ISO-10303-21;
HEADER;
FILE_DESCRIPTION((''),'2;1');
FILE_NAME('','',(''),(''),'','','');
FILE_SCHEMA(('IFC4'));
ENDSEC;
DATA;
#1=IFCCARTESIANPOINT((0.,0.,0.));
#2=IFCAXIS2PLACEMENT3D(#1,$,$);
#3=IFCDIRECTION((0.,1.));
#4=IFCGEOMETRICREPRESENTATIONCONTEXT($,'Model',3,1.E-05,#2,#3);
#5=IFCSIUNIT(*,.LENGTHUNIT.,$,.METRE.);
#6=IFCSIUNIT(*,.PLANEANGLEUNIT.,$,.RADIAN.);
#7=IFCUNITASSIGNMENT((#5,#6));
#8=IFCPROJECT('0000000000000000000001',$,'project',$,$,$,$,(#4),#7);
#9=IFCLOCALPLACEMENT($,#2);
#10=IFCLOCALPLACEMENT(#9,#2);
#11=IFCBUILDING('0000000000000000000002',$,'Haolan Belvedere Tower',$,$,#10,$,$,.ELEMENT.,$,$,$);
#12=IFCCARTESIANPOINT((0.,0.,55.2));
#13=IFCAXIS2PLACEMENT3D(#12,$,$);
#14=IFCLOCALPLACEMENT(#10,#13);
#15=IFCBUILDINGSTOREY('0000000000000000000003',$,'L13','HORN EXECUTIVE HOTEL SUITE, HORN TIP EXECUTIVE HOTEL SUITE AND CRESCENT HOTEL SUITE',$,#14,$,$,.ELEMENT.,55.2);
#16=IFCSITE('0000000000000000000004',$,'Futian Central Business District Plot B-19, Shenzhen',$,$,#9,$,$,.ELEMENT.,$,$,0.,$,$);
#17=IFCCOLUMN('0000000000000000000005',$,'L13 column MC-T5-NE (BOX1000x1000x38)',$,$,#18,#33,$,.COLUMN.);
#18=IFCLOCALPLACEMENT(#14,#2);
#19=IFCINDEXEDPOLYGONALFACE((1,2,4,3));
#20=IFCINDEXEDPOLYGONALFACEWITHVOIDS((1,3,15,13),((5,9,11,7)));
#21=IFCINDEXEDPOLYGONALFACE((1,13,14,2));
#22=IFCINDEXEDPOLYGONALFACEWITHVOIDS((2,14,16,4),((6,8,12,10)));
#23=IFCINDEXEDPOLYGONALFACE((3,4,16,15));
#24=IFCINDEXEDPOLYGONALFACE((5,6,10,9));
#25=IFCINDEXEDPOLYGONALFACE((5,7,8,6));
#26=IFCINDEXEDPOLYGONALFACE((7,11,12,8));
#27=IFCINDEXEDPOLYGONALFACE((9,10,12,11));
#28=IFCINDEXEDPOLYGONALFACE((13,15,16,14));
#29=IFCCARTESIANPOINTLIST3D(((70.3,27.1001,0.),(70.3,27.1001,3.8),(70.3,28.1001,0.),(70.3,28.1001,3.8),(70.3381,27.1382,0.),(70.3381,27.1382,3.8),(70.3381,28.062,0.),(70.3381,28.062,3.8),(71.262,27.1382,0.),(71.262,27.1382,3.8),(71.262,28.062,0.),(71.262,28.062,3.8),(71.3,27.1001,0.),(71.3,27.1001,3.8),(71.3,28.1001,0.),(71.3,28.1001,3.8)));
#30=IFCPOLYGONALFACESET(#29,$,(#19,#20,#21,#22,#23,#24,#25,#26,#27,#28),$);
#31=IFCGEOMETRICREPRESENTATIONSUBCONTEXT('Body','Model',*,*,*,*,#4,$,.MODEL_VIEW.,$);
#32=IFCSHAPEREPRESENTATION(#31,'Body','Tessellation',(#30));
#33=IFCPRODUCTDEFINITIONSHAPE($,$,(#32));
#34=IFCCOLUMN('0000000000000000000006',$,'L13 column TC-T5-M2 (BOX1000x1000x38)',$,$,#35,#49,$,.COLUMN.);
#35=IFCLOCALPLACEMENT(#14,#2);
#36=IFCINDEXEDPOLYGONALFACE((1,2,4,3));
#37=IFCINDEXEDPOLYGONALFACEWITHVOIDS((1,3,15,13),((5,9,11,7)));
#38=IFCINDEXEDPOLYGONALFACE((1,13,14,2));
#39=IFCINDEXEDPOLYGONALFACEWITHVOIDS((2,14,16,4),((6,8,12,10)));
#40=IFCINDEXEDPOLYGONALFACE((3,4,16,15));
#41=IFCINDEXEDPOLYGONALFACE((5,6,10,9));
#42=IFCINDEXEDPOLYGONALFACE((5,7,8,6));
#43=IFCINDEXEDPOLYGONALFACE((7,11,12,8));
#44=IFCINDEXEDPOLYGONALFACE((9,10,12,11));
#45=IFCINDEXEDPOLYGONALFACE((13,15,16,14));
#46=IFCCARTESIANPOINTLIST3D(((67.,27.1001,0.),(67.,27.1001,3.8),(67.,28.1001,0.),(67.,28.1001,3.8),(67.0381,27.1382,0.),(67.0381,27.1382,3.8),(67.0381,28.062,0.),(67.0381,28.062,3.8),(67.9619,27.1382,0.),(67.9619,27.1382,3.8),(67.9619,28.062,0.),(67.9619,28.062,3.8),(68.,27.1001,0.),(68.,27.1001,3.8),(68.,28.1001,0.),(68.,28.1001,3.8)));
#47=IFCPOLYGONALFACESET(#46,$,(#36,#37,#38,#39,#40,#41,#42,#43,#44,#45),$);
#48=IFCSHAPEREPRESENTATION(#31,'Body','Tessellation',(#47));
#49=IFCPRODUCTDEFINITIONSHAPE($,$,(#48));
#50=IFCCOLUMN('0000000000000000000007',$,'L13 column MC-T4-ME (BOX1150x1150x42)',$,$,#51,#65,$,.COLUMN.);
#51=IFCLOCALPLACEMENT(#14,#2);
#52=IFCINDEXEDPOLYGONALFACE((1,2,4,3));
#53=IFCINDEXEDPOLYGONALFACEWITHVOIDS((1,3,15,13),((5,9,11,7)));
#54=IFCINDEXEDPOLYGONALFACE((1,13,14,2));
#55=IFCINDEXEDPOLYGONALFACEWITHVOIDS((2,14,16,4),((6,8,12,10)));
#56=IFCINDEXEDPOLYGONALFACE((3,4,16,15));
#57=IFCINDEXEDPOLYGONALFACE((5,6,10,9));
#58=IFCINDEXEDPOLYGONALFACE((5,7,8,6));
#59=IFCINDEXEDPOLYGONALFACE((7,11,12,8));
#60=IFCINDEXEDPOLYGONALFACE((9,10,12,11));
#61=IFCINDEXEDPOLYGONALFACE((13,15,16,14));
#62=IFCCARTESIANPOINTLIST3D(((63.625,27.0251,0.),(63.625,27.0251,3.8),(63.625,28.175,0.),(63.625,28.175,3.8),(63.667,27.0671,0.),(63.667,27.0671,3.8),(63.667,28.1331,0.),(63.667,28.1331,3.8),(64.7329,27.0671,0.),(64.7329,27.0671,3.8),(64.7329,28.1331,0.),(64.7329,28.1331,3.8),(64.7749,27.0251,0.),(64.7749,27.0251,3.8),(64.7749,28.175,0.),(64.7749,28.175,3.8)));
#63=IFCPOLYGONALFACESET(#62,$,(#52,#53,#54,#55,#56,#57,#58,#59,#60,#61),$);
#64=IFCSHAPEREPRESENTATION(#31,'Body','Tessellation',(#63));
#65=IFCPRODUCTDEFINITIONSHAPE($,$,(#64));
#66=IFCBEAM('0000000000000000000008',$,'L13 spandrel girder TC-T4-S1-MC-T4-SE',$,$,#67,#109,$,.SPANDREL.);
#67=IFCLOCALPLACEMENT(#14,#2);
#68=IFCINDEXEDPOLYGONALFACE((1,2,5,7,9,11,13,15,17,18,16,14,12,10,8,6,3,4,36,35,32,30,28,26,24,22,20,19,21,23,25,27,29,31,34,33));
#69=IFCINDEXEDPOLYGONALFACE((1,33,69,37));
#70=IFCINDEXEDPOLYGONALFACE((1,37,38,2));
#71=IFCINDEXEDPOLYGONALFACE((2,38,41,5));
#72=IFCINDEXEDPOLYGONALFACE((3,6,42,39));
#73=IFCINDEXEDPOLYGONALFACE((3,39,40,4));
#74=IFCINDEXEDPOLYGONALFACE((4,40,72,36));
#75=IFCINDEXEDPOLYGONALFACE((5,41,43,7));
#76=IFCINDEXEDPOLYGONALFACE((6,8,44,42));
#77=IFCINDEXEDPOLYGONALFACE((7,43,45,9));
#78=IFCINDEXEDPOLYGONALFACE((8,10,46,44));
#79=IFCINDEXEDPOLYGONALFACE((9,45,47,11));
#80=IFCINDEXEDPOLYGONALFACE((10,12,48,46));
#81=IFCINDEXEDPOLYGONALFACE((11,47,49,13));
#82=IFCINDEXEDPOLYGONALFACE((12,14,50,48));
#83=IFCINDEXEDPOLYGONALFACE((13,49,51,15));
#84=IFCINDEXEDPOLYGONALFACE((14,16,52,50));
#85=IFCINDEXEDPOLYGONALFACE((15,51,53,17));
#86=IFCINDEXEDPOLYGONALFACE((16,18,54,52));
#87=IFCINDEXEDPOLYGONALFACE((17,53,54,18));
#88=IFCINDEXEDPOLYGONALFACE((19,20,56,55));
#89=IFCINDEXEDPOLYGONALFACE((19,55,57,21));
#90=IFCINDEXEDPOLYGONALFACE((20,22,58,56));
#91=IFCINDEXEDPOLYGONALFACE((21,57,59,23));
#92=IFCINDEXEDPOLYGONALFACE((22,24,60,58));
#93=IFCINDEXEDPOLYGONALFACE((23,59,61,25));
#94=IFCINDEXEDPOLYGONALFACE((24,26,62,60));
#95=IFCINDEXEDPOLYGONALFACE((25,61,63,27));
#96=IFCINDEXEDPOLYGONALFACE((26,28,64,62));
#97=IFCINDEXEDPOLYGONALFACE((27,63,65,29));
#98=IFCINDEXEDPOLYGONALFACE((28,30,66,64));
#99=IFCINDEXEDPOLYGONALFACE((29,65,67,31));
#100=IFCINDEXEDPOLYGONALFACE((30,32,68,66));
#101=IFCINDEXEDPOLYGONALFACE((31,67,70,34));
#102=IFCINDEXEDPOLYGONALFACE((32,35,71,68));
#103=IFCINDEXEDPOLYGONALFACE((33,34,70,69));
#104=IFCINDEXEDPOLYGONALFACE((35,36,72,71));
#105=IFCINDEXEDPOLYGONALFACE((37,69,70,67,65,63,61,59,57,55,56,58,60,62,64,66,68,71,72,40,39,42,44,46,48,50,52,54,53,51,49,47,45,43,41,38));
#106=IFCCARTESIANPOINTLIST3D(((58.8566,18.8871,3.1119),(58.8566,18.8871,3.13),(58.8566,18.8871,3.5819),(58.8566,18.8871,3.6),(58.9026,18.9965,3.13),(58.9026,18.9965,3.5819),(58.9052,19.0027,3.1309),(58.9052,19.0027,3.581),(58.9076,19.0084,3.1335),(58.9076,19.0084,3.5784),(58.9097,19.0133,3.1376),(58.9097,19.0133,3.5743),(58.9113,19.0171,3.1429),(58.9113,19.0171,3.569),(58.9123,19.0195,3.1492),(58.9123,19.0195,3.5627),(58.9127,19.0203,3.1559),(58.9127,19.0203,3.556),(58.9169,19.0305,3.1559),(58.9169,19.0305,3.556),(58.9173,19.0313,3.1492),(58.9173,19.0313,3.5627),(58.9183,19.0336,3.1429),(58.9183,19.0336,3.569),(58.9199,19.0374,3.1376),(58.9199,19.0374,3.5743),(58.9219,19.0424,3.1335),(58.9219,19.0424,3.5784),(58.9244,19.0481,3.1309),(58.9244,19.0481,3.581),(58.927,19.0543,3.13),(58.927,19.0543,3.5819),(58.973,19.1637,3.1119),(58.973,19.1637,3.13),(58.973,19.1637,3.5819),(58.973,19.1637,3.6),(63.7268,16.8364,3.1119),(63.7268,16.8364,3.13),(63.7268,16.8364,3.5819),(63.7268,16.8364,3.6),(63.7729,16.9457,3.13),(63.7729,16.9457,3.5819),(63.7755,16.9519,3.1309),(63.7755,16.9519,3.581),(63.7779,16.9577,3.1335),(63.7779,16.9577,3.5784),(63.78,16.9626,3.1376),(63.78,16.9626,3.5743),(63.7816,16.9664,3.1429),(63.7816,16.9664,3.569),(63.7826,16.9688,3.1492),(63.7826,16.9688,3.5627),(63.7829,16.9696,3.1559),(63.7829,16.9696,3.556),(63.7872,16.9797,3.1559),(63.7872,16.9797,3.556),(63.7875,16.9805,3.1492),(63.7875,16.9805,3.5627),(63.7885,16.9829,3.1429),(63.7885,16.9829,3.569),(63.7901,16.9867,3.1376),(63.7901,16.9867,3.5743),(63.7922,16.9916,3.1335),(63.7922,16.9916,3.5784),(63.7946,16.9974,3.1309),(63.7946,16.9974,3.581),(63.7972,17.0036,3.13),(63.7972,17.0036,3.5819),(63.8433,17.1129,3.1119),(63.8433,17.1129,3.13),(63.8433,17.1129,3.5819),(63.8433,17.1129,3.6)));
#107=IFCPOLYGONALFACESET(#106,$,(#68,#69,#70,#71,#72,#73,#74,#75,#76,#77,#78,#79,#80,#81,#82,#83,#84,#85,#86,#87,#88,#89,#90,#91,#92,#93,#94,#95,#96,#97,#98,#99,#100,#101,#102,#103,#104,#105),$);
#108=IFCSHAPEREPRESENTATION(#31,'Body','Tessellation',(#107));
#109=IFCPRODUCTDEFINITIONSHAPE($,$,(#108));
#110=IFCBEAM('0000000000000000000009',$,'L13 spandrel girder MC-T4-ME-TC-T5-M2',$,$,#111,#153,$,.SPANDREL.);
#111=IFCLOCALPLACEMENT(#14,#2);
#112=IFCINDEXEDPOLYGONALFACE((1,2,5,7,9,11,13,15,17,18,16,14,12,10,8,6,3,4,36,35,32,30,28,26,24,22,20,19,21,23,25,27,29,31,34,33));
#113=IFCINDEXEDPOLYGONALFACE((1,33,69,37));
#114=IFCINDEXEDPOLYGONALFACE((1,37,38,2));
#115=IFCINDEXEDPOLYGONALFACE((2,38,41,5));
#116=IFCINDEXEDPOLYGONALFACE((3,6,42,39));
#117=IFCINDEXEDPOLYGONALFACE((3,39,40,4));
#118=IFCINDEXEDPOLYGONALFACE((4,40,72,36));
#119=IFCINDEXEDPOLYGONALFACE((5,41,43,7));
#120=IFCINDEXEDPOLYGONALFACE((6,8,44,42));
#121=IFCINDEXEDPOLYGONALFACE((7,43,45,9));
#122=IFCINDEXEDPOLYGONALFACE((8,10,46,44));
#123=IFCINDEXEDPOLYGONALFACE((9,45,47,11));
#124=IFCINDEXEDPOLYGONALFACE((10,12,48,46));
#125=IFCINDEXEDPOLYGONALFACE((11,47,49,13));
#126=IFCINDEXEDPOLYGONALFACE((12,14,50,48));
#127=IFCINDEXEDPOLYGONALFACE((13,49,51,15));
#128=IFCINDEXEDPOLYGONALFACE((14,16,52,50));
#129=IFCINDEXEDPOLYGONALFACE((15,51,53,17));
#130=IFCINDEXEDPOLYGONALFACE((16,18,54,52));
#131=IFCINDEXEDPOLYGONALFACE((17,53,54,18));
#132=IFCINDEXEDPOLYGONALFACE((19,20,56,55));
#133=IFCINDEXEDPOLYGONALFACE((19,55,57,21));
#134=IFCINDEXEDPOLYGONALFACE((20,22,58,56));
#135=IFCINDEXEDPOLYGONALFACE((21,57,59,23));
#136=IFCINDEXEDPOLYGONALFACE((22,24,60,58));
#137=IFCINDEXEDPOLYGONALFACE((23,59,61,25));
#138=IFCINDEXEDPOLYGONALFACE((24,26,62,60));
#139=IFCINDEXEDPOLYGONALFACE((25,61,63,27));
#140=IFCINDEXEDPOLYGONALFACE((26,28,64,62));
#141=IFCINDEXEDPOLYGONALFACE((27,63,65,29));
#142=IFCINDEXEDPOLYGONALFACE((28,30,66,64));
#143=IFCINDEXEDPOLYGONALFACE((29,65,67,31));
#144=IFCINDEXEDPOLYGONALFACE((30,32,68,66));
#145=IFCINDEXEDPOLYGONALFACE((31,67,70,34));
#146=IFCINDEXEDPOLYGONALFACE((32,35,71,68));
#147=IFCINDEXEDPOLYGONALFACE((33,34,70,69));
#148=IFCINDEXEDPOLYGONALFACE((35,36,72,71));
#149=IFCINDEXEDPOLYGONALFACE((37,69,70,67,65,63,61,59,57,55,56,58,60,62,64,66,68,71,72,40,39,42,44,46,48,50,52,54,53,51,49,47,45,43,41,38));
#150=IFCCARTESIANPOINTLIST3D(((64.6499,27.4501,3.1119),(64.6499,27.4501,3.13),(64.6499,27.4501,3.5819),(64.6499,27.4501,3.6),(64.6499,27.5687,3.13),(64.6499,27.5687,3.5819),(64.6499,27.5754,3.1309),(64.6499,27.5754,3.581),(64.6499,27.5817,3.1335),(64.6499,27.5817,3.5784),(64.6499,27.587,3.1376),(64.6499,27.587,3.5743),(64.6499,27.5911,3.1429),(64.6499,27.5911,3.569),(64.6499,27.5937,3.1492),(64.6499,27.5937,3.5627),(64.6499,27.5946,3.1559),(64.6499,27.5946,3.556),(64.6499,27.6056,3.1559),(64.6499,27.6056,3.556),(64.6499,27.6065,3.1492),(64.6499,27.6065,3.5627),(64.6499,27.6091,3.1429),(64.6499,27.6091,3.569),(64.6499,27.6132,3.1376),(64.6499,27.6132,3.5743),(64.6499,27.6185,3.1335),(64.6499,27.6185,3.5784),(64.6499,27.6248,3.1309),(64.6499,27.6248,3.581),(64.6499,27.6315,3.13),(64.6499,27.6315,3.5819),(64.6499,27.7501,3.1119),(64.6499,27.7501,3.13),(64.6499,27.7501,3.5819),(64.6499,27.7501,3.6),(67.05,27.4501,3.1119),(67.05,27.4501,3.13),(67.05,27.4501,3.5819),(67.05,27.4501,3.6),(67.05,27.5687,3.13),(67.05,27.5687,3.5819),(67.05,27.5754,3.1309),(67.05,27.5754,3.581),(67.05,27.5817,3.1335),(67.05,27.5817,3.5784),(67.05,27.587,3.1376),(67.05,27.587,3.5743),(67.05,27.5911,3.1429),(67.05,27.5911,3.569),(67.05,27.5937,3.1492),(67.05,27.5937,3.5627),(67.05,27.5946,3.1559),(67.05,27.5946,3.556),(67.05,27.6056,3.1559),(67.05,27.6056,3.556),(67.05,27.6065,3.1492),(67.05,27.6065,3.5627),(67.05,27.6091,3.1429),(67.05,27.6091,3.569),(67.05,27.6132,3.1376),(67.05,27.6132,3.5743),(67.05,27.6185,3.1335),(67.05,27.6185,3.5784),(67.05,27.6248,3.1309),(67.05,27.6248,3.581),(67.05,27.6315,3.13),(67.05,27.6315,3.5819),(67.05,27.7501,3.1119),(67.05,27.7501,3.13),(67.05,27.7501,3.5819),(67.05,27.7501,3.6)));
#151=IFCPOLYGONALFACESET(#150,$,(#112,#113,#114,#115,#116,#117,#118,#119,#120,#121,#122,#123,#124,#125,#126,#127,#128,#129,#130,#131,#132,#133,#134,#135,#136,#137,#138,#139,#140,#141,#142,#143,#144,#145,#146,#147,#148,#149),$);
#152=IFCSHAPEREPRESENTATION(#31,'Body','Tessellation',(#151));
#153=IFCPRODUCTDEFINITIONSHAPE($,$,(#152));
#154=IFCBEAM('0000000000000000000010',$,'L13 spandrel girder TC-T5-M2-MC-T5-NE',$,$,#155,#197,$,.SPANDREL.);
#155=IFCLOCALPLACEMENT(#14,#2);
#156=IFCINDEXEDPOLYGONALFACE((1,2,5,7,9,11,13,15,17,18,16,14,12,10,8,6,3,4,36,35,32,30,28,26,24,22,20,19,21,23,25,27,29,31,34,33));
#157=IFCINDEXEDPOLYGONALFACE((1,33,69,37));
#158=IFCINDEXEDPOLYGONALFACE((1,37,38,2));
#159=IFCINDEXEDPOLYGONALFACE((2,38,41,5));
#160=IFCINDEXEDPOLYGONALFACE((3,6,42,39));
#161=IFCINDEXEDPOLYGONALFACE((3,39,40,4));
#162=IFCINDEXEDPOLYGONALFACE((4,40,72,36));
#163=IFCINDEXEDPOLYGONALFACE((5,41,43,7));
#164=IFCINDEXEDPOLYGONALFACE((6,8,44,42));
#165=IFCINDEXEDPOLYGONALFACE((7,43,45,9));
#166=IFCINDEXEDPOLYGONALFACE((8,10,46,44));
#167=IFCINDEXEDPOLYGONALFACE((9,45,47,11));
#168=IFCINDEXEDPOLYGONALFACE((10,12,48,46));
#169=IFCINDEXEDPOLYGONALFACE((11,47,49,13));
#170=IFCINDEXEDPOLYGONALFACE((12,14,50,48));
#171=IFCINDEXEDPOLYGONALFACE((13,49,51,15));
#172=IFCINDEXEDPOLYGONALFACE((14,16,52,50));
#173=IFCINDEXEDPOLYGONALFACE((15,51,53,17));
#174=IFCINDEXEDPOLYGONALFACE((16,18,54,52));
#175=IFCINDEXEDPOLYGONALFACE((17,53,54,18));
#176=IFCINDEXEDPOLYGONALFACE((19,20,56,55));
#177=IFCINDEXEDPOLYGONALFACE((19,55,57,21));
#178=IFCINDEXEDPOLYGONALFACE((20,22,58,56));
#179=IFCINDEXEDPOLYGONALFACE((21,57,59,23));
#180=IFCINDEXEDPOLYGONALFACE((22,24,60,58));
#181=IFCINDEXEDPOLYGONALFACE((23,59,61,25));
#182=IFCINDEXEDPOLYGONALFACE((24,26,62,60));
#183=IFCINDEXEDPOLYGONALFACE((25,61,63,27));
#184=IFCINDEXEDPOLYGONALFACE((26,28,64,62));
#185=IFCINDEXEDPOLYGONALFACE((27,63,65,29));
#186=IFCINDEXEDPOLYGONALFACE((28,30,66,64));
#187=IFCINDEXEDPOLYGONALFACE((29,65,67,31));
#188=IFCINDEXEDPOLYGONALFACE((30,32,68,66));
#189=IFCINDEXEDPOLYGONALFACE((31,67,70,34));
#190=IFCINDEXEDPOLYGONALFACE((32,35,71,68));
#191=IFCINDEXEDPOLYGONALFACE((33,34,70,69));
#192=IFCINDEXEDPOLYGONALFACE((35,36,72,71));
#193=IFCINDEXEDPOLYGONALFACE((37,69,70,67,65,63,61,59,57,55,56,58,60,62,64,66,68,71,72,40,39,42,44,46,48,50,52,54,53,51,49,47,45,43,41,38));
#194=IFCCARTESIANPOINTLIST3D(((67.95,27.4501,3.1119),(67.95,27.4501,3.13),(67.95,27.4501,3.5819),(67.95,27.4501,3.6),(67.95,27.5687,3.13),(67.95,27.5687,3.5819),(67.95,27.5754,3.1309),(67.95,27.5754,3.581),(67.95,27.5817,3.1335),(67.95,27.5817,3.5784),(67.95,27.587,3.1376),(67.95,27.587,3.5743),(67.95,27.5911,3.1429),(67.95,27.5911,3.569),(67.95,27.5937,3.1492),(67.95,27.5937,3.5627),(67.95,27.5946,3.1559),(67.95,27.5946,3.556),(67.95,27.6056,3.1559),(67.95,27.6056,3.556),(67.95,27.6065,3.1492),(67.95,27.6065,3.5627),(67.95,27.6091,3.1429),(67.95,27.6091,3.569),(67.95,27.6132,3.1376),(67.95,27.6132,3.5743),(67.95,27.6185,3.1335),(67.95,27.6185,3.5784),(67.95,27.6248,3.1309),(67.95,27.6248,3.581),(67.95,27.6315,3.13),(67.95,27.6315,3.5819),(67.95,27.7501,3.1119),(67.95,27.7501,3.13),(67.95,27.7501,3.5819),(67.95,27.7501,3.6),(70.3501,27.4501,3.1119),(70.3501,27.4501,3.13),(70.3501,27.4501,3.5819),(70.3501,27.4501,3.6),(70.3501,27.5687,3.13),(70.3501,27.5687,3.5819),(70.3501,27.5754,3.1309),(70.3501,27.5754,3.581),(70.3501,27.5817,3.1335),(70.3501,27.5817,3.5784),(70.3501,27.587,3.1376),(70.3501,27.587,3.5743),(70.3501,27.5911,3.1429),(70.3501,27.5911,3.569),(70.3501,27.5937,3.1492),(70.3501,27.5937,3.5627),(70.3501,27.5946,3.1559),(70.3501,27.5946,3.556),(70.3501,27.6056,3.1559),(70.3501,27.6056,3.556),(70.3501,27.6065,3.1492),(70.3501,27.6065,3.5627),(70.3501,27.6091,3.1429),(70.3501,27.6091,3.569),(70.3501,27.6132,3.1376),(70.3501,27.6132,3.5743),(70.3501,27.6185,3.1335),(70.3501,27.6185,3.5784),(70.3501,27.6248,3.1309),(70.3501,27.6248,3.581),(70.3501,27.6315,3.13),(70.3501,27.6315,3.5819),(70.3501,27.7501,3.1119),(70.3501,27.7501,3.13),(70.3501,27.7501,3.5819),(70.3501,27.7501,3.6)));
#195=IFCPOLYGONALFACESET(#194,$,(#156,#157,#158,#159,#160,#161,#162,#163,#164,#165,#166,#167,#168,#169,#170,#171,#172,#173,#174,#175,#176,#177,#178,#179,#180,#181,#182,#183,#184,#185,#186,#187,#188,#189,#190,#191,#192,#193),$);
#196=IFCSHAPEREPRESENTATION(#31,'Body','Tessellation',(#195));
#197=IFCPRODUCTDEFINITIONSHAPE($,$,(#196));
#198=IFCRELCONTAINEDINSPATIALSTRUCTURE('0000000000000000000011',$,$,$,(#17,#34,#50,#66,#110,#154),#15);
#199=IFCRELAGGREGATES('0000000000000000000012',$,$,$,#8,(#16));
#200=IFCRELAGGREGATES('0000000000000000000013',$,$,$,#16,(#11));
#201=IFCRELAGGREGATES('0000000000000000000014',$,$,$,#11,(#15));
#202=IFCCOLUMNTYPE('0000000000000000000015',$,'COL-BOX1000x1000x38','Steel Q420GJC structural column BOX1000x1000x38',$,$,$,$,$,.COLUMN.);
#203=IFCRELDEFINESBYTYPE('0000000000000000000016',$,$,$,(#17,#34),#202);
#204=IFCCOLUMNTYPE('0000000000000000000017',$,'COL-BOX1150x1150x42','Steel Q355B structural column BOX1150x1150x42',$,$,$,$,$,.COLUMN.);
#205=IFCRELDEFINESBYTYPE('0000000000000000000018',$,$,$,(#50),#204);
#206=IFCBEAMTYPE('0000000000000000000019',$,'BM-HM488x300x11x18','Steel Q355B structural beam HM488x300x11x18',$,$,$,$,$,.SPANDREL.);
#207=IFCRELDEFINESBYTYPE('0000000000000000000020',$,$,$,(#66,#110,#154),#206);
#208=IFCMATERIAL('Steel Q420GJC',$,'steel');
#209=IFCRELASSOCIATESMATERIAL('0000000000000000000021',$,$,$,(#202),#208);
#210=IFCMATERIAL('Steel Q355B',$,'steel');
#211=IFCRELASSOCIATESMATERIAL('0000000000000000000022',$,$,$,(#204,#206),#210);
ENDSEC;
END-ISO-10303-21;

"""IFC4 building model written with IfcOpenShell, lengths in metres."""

from ifc_helpers import new_model, si_unit, direction, frame, origin, origin_2d, place, context, subcontext, project, spatial, hollow_rectangle, i_section, extrude, material, material_profile, profile_set, type_object, element, save


model = new_model("IFC4")

# Units and contexts
model_context = context("Model", 3, precision=1e-05, world=origin(), true_north=direction((0.0, 1.0)))
body_context = subcontext(model_context, "Body", "Model", "MODEL_VIEW")
ifc_project = project(units=[si_unit("LENGTHUNIT", "METRE"), si_unit("PLANEANGLEUNIT", "RADIAN")], contexts=[model_context])

# Site, building, storey
site_placement = place(None, origin())
site = spatial("IfcSite", under=ifc_project, at=site_placement, Name="Futian Central Business District Plot B-19, Shenzhen", CompositionType="ELEMENT", RefElevation=0.0)
building_placement = place(site_placement, origin())
building = spatial("IfcBuilding", under=site, at=building_placement, Name="Haolan Belvedere Tower", CompositionType="ELEMENT")
storey_placement = place(building_placement, frame((0.0, 0.0, 55.2)))
storey = spatial("IfcBuildingStorey", under=building, at=storey_placement, Name="L13", Description="HORN EXECUTIVE HOTEL SUITE, HORN TIP EXECUTIVE HOTEL SUITE AND CRESCENT HOTEL SUITE", CompositionType="ELEMENT", Elevation=55.2)

# Columns
ifc_material_1 = material(Name="Steel Q420GJC", Category="steel")
ifc_material_profile_1 = material_profile(ifc_material_1, hollow_rectangle(XDim=1.0, YDim=1.0, WallThickness=0.0381, at=origin_2d()), Name="Steel Q420GJC")
ifc_profile_set_1 = profile_set([ifc_material_profile_1], Name="Steel Q420GJC")
column_type_1 = type_object("IfcColumnType", Name="COL-BOX1000x1000x38", Description="Steel Q420GJC structural column BOX1000x1000x38", PredefinedType="COLUMN", material=ifc_profile_set_1)
for number, where, z_axis, x_axis, name in (
    (1, (70.8, 27.6001, 0.0), (0.0, 0.0, 1.0), (1.0, 0.0, 0.0), "L13 column MC-T5-NE (BOX1000x1000x38)"),
    (2, (67.5, 27.6001, 0.0), (0.0, 0.0, 1.0), (1.0, 0.0, 0.0), "L13 column TC-T5-M2 (BOX1000x1000x38)"),
):
    element("IfcColumn", number, at=place(storey_placement, frame(where, z_axis=z_axis, x_axis=x_axis)), inside=storey, type_object=column_type_1, Name=name, PredefinedType="COLUMN", context=body_context, shape_type="SweptSolid", body=[
        extrude(hollow_rectangle(XDim=1.0, YDim=1.0, WallThickness=0.0381, at=origin_2d()), origin(), (0.0, 0.0, 1.0), 3.8),
    ])
ifc_material_2 = material(Name="Steel Q355B", Category="steel")
ifc_material_profile_2 = material_profile(ifc_material_2, hollow_rectangle(XDim=1.1499, YDim=1.1499, WallThickness=0.042, at=origin_2d()), Name="Steel Q355B")
ifc_profile_set_2 = profile_set([ifc_material_profile_2], Name="Steel Q355B")
column_type_2 = type_object("IfcColumnType", Name="COL-BOX1150x1150x42", Description="Steel Q355B structural column BOX1150x1150x42", PredefinedType="COLUMN", material=ifc_profile_set_2)
column_placement = place(storey_placement, frame((64.2, 27.6001, 0.0), z_axis=(0.0, 0.0, 1.0), x_axis=(1.0, 0.0, 0.0)))
element("IfcColumn", 3, at=column_placement, inside=storey, type_object=column_type_2, Name="L13 column MC-T4-ME (BOX1150x1150x42)", PredefinedType="COLUMN", context=body_context, shape_type="SweptSolid", body=[
    extrude(hollow_rectangle(XDim=1.1499, YDim=1.1499, WallThickness=0.042, at=origin_2d()), origin(), (0.0, 0.0, 1.0), 3.8),
])

# Beams
ifc_material_profile_3 = material_profile(ifc_material_2, i_section(OverallWidth=0.3, OverallDepth=0.488, WebThickness=0.011, FlangeThickness=0.0181, FilletRadius=0.0259, at=origin_2d()), Name="Steel Q355B")
ifc_profile_set_3 = profile_set([ifc_material_profile_3], Name="Steel Q355B")
beam_type = type_object("IfcBeamType", Name="BM-HM488x300x11x18", Description="Steel Q355B structural beam HM488x300x11x18", PredefinedType="SPANDREL", material=ifc_profile_set_3)
beam_placement = place(storey_placement, frame((58.9148, 19.0254, 3.356), z_axis=(0.921628, -0.388074, 0.0), x_axis=(0.388074, 0.921628, 0.0)))
element("IfcBeam", 4, at=beam_placement, inside=storey, type_object=beam_type, Name="L13 spandrel girder TC-T4-S1-MC-T4-SE", PredefinedType="SPANDREL", context=body_context, shape_type="SweptSolid", body=[
    extrude(i_section(OverallWidth=0.3, OverallDepth=0.488, WebThickness=0.011, FlangeThickness=0.0181, FilletRadius=0.0259, at=origin_2d()), origin(), (0.0, 0.0, 1.0), 5.2844),
])
for number, where, z_axis, x_axis, name in (
    (5, (64.6499, 27.6001, 3.356), (1.0, 0.0, 0.0), (0.0, 1.0, 0.0), "L13 spandrel girder MC-T4-ME-TC-T5-M2"),
    (6, (67.95, 27.6001, 3.356), (1.0, 0.0, 0.0), (0.0, 1.0, 0.0), "L13 spandrel girder TC-T5-M2-MC-T5-NE"),
):
    element("IfcBeam", number, at=place(storey_placement, frame(where, z_axis=z_axis, x_axis=x_axis)), inside=storey, type_object=beam_type, Name=name, PredefinedType="SPANDREL", context=body_context, shape_type="SweptSolid", body=[
        extrude(i_section(OverallWidth=0.3, OverallDepth=0.488, WebThickness=0.011, FlangeThickness=0.0181, FilletRadius=0.0259, at=origin_2d()), origin(), (0.0, 0.0, 1.0), 2.4001),
    ])

save(model, "model.ifc")
